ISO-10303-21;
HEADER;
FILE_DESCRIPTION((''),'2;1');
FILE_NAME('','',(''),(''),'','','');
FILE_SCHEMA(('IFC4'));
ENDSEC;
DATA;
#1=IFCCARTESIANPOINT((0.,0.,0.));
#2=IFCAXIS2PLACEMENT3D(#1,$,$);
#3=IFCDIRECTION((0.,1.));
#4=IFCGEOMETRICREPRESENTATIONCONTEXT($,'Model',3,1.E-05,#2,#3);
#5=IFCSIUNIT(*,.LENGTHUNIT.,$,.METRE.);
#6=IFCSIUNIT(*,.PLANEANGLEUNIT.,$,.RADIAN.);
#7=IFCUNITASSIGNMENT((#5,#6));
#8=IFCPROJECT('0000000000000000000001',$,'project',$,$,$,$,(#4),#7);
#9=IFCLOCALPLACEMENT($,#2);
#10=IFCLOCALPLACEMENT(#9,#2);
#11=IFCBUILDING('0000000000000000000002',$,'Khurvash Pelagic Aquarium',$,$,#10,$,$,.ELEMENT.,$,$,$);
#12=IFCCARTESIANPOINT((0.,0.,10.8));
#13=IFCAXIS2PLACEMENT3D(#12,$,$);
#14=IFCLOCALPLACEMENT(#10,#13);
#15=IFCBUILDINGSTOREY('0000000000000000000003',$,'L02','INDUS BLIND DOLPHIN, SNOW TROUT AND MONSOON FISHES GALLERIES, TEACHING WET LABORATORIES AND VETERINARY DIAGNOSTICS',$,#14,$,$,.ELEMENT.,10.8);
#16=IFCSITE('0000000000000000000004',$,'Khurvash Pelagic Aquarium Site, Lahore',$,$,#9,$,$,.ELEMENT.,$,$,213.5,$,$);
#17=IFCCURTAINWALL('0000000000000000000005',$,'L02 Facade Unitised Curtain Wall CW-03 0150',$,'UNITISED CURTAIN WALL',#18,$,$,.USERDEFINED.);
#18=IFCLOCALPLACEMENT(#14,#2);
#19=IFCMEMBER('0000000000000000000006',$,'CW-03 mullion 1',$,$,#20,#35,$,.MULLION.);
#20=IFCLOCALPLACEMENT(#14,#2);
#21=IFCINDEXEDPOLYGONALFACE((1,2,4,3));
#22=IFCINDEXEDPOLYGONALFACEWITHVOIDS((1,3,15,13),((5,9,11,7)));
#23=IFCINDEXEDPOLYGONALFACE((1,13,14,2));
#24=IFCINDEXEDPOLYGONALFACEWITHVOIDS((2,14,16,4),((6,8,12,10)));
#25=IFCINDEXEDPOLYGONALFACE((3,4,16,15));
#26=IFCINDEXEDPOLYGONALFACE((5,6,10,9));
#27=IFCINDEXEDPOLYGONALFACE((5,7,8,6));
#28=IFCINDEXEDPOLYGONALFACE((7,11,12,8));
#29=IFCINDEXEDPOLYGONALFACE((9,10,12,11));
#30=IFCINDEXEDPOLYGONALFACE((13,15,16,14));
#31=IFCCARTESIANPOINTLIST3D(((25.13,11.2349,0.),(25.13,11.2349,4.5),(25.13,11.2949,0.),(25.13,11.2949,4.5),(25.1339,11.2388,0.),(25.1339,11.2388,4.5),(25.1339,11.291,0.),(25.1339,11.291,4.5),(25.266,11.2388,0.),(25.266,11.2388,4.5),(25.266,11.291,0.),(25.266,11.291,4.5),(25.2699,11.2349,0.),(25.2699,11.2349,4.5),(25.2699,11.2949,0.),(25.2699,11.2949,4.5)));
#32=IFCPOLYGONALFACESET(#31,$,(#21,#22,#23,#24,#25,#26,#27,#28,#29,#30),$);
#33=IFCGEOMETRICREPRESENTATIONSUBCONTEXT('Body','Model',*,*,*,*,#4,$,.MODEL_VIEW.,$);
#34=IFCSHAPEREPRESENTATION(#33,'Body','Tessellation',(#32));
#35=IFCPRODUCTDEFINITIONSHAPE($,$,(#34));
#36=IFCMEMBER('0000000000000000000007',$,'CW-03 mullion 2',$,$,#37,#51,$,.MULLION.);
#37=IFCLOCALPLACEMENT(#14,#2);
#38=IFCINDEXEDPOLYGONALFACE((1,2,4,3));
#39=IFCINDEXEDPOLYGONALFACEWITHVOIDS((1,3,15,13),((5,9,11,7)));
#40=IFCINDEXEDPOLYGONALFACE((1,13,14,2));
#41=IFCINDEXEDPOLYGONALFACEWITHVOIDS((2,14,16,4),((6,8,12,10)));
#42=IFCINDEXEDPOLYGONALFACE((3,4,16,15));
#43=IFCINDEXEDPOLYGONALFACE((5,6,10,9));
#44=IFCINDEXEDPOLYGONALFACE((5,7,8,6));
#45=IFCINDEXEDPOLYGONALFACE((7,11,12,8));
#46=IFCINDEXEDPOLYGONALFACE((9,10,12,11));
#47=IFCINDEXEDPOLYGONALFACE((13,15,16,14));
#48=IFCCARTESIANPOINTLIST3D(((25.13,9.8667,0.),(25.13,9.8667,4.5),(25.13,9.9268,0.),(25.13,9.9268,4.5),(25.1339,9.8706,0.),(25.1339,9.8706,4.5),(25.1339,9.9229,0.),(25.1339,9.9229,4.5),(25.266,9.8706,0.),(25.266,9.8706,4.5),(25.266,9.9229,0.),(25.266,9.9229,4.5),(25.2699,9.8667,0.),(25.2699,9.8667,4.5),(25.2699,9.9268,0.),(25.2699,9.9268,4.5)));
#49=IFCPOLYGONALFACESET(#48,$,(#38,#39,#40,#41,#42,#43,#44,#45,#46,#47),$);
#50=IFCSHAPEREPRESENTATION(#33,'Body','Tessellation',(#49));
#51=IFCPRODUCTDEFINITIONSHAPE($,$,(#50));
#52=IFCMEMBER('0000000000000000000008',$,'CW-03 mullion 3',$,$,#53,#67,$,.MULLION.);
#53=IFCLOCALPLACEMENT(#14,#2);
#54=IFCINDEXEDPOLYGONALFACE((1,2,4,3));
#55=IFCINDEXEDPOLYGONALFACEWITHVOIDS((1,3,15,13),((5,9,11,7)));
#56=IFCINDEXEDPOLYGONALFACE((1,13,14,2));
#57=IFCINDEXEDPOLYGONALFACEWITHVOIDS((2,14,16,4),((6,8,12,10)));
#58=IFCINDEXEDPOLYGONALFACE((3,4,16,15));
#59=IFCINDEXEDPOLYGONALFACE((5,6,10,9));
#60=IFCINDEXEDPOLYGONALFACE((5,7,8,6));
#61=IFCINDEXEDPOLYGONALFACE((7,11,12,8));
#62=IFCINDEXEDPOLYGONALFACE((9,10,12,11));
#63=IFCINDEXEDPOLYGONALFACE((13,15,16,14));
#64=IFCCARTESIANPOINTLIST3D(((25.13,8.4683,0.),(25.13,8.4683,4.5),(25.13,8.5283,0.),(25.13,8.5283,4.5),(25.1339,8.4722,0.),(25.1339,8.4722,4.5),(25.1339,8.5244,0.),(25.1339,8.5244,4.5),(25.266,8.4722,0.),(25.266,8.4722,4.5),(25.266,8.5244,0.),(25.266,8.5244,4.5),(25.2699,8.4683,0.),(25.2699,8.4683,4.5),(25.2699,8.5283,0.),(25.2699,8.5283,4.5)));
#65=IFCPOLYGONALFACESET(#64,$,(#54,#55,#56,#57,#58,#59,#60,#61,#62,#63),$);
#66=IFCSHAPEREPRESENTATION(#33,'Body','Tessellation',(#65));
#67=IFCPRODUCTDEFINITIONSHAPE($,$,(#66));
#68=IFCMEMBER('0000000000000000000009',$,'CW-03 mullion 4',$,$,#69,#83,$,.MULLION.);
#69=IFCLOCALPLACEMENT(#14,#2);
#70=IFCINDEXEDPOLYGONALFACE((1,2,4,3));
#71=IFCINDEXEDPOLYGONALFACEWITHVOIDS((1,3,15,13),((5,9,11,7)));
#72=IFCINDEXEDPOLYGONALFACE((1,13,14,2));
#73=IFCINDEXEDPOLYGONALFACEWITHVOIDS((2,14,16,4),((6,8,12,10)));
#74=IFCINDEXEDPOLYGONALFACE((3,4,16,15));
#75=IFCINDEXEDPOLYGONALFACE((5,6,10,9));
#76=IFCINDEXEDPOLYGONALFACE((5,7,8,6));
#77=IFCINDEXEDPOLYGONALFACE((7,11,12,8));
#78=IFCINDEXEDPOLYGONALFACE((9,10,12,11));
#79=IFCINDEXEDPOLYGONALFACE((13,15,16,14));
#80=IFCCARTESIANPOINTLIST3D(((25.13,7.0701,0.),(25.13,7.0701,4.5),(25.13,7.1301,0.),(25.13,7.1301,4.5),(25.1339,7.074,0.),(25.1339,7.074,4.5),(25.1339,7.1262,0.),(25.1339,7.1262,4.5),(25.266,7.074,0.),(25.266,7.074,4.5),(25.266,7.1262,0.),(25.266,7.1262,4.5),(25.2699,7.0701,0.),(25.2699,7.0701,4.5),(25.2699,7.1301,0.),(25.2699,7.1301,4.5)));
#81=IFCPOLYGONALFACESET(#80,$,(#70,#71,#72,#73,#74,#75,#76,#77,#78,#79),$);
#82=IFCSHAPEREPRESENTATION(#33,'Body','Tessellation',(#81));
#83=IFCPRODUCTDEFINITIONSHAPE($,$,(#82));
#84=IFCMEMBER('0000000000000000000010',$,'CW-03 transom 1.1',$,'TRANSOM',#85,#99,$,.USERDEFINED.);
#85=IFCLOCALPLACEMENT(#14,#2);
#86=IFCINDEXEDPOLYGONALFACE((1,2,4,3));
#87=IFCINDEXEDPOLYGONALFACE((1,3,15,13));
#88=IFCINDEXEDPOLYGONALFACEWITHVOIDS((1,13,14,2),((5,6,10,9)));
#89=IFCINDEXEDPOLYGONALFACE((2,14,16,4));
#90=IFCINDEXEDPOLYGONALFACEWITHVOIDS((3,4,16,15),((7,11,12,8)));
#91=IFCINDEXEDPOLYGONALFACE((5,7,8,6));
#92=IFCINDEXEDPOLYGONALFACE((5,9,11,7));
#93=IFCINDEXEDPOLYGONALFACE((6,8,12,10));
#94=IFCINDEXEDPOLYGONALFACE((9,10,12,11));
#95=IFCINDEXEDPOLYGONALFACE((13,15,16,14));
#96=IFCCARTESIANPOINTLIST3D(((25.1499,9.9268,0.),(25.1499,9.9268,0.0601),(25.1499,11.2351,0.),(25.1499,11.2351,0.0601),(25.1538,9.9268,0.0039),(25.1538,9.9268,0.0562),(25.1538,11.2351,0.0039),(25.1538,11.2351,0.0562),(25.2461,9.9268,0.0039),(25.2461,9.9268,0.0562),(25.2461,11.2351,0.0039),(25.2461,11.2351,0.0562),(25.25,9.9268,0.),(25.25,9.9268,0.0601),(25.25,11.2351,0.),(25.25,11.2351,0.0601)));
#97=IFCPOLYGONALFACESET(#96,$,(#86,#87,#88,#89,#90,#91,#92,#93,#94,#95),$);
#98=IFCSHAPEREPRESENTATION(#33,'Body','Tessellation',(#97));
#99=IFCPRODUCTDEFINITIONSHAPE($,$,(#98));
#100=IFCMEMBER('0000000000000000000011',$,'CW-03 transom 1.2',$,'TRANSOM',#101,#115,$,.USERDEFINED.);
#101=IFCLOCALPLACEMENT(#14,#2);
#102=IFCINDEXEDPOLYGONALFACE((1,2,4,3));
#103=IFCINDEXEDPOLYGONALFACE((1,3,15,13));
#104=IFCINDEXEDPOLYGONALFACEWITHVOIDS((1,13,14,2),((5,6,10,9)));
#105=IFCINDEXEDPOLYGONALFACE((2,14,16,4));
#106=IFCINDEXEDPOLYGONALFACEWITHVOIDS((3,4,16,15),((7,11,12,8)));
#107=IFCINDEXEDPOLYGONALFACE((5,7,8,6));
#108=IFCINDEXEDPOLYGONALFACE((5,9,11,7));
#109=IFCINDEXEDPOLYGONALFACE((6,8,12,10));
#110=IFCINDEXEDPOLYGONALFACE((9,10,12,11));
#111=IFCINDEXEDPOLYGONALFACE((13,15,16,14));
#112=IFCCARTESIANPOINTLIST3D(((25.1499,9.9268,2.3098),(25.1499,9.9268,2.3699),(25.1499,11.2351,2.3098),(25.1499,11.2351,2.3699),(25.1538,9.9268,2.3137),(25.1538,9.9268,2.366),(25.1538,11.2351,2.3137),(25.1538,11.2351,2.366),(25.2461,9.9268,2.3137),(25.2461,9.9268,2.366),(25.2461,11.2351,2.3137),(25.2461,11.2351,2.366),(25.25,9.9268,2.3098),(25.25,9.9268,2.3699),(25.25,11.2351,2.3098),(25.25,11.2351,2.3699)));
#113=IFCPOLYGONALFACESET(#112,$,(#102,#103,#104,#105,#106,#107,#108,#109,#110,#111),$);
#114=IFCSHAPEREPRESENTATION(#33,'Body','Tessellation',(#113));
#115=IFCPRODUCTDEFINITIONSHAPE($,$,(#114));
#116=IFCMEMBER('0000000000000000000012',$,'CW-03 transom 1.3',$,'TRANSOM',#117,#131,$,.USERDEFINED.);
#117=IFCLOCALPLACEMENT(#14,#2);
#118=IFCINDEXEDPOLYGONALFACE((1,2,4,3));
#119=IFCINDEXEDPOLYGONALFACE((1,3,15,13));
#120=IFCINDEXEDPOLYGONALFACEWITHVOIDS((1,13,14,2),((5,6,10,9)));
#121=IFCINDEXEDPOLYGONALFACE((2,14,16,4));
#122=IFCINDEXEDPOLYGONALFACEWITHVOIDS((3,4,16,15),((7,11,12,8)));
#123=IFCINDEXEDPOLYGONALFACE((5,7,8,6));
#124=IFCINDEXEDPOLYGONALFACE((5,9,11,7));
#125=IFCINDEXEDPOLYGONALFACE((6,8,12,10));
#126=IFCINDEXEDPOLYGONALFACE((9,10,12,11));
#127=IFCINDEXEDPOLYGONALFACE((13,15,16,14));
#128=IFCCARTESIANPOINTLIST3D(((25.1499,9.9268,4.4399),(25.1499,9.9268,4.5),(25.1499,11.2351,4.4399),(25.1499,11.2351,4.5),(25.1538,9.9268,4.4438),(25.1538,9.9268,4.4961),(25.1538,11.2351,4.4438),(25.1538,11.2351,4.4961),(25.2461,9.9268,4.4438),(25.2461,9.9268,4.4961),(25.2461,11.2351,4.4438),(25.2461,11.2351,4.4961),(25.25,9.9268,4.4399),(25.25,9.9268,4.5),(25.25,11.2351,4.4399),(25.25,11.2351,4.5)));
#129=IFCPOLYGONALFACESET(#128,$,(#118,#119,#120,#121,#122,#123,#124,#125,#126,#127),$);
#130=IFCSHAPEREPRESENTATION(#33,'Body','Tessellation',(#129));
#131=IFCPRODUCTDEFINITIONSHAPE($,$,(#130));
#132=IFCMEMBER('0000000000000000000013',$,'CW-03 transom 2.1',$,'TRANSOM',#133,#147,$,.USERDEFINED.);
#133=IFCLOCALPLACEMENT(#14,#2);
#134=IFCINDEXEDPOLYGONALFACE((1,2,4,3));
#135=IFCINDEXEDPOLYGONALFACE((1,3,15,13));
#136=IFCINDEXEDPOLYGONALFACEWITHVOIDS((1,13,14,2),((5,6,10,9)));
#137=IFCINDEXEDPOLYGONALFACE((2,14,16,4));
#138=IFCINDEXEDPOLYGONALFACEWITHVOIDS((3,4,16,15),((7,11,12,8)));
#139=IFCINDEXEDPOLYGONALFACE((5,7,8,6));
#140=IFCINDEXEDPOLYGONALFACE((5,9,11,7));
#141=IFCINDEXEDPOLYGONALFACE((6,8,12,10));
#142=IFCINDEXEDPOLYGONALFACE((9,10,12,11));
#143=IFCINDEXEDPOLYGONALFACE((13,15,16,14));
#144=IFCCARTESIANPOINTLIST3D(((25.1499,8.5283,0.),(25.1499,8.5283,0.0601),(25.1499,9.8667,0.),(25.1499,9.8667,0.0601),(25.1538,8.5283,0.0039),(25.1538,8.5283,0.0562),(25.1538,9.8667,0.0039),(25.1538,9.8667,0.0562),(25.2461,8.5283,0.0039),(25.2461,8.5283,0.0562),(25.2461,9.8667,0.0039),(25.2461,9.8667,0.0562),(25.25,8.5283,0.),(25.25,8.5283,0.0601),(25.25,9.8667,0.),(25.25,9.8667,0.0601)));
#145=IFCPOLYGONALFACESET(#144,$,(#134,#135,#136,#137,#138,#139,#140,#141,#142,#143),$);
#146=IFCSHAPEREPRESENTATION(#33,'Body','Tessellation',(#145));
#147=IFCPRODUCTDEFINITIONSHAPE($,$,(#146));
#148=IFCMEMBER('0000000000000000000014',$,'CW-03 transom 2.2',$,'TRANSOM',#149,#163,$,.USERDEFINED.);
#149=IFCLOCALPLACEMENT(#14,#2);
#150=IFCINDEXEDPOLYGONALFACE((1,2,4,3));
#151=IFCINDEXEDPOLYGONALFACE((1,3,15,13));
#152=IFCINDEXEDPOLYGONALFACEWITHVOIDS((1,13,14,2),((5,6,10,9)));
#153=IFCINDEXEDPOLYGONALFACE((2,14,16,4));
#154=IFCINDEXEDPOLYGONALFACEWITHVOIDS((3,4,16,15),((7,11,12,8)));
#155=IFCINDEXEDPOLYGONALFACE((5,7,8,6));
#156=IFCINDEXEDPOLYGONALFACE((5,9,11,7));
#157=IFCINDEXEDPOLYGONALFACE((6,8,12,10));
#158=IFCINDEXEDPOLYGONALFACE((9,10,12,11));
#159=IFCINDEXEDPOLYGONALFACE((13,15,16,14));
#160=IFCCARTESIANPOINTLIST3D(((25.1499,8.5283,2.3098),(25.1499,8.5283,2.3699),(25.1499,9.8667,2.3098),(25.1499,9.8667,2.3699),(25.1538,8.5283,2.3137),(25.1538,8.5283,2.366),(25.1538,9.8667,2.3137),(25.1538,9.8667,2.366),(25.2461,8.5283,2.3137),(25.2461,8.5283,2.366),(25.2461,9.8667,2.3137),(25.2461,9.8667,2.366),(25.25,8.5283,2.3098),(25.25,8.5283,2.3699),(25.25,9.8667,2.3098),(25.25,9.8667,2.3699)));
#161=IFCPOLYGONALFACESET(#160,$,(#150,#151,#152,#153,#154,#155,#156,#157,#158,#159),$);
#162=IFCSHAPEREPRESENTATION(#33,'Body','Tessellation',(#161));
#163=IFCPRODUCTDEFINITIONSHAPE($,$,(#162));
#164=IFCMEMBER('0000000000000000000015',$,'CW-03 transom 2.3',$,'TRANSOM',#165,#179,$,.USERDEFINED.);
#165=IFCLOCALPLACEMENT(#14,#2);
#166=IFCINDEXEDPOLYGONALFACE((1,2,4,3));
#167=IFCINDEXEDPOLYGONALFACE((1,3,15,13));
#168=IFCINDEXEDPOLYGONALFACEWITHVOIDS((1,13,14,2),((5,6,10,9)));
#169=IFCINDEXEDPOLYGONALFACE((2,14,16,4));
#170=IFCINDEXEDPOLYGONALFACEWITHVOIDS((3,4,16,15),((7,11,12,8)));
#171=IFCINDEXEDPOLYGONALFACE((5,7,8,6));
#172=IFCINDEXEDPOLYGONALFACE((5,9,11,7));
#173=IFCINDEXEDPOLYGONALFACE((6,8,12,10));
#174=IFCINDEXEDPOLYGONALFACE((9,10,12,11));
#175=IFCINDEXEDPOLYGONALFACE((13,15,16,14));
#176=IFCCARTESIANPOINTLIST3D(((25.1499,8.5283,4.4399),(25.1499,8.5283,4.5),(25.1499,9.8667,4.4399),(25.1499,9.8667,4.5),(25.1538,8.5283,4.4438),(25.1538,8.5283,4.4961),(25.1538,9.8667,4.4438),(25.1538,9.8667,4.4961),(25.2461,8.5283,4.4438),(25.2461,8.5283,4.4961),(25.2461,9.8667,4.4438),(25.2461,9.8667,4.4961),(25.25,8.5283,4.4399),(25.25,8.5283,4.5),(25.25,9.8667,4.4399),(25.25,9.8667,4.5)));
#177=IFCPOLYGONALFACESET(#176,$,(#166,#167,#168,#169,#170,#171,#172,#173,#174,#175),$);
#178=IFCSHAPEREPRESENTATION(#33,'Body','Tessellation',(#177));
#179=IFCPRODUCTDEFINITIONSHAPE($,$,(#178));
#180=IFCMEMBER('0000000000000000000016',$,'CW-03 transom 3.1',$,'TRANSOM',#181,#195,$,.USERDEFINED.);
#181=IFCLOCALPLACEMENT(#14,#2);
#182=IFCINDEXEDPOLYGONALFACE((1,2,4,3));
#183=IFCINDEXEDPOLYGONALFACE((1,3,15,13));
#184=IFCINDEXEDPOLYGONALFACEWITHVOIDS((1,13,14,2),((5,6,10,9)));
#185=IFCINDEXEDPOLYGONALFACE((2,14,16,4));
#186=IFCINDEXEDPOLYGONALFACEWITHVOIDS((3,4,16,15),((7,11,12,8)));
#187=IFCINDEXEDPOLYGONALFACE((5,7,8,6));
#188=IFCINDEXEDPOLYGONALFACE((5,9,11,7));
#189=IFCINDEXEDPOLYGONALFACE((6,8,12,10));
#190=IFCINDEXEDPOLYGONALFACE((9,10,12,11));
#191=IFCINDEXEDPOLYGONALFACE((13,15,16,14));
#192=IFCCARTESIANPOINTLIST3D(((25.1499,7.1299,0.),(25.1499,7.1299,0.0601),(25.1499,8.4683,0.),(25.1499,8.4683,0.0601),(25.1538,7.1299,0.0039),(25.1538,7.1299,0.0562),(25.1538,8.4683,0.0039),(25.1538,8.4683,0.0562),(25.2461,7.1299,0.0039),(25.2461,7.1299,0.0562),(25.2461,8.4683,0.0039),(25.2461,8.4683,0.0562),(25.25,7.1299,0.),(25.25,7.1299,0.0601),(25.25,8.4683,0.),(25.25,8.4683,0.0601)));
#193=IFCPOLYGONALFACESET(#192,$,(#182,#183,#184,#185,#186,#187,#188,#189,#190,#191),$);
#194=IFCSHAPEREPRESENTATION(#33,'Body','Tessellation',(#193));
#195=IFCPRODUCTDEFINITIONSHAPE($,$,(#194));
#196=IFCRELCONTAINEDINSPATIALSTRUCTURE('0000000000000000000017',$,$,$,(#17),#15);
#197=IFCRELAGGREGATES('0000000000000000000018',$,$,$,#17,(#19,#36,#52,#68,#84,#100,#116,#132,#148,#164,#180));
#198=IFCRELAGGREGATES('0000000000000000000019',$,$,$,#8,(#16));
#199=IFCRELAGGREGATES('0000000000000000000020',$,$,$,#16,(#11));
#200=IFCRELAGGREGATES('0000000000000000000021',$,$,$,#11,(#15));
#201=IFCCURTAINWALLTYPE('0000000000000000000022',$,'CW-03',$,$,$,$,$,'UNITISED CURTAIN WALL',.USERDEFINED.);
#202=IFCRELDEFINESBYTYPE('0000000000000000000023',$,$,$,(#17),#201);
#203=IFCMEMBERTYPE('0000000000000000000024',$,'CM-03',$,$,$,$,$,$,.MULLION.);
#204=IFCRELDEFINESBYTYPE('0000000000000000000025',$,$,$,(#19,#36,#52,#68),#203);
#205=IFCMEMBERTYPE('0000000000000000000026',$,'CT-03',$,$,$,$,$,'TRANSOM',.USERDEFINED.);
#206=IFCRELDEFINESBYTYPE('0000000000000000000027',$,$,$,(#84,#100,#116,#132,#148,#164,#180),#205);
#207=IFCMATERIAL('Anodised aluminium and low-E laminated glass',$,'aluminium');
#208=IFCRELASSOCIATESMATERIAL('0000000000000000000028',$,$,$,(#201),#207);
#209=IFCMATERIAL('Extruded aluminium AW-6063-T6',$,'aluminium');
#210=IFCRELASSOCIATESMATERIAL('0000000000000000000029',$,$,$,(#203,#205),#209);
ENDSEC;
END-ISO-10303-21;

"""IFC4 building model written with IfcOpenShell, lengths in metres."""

from ifc_helpers import new_model, si_unit, direction, frame, origin, origin_2d, place, context, subcontext, project, spatial, hollow_rectangle, extrude, material, material_profile, profile_set, type_object, element, aggregate, save


model = new_model("IFC4")

# Units and contexts
model_context = context("Model", 3, precision=1e-05, world=origin(), true_north=direction((0.0, 1.0)))
body_context = subcontext(model_context, "Body", "Model", "MODEL_VIEW")
ifc_project = project(units=[si_unit("LENGTHUNIT", "METRE"), si_unit("PLANEANGLEUNIT", "RADIAN")], contexts=[model_context])

# Site, building, storey
site_placement = place(None, origin())
site = spatial("IfcSite", under=ifc_project, at=site_placement, Name="Khurvash Pelagic Aquarium Site, Lahore", CompositionType="ELEMENT", RefElevation=213.5)
building_placement = place(site_placement, origin())
building = spatial("IfcBuilding", under=site, at=building_placement, Name="Khurvash Pelagic Aquarium", CompositionType="ELEMENT")
storey_placement = place(building_placement, frame((0.0, 0.0, 10.8)))
storey = spatial("IfcBuildingStorey", under=building, at=storey_placement, Name="L02", Description="INDUS BLIND DOLPHIN, SNOW TROUT AND MONSOON FISHES GALLERIES, TEACHING WET LABORATORIES AND VETERINARY DIAGNOSTICS", CompositionType="ELEMENT", Elevation=10.8)

# Curtain wall, members
ifc_material_1 = material(Name="Anodised aluminium and low-E laminated glass", Category="aluminium")
curtain_wall_type = type_object("IfcCurtainWallType", Name="CW-03", ElementType="UNITISED CURTAIN WALL", PredefinedType="USERDEFINED", material=ifc_material_1)
curtain_wall_placement = place(storey_placement, origin())
curtain_wall = element("IfcCurtainWall", 1, at=curtain_wall_placement, inside=storey, type_object=curtain_wall_type, Name="L02 Facade Unitised Curtain Wall CW-03 0150", ObjectType="UNITISED CURTAIN WALL", PredefinedType="USERDEFINED")
ifc_material_2 = material(Name="Extruded aluminium AW-6063-T6", Category="aluminium")
ifc_material_profile_1 = material_profile(ifc_material_2, hollow_rectangle(XDim=0.0601, YDim=0.1399, WallThickness=0.0039, at=origin_2d()), Name="CWM60X140X4")
ifc_profile_set_1 = profile_set([ifc_material_profile_1], Name="Extruded aluminium AW-6063-T6")
member_type_1 = type_object("IfcMemberType", Name="CM-03", PredefinedType="MULLION", material=ifc_profile_set_1)
member_1_placement = place(storey_placement, frame((25.2, 11.2649, 0.0), z_axis=(0.0, 0.0, 1.0), x_axis=(0.0, -1.0, 0.0)))
member_1 = element("IfcMember", 2, at=member_1_placement, type_object=member_type_1, Name="CW-03 mullion 1", PredefinedType="MULLION", context=body_context, shape_type="SweptSolid", body=[
    extrude(hollow_rectangle(XDim=0.0601, YDim=0.1399, WallThickness=0.0039, at=origin_2d()), origin(), (0.0, 0.0, 1.0), 4.5),
])
member_2_placement = place(storey_placement, frame((25.2, 9.8967, 0.0), z_axis=(0.0, 0.0, 1.0), x_axis=(0.0, -1.0, 0.0)))
member_2 = element("IfcMember", 3, at=member_2_placement, type_object=member_type_1, Name="CW-03 mullion 2", PredefinedType="MULLION", context=body_context, shape_type="SweptSolid", body=[
    extrude(hollow_rectangle(XDim=0.0601, YDim=0.1399, WallThickness=0.0039, at=origin_2d()), origin(), (0.0, 0.0, 1.0), 4.5),
])
member_3_placement = place(storey_placement, frame((25.2, 8.4983, 0.0), z_axis=(0.0, 0.0, 1.0), x_axis=(0.0, -1.0, 0.0)))
member_3 = element("IfcMember", 4, at=member_3_placement, type_object=member_type_1, Name="CW-03 mullion 3", PredefinedType="MULLION", context=body_context, shape_type="SweptSolid", body=[
    extrude(hollow_rectangle(XDim=0.0601, YDim=0.1399, WallThickness=0.0039, at=origin_2d()), origin(), (0.0, 0.0, 1.0), 4.5),
])
member_4_placement = place(storey_placement, frame((25.2, 7.1001, 0.0), z_axis=(0.0, 0.0, 1.0), x_axis=(0.0, -1.0, 0.0)))
member_4 = element("IfcMember", 5, at=member_4_placement, type_object=member_type_1, Name="CW-03 mullion 4", PredefinedType="MULLION", context=body_context, shape_type="SweptSolid", body=[
    extrude(hollow_rectangle(XDim=0.0601, YDim=0.1399, WallThickness=0.0039, at=origin_2d()), origin(), (0.0, 0.0, 1.0), 4.5),
])
ifc_material_profile_2 = material_profile(ifc_material_2, hollow_rectangle(XDim=0.1001, YDim=0.0601, WallThickness=0.0039, at=origin_2d()), Name="CWT100X60X4")
ifc_profile_set_2 = profile_set([ifc_material_profile_2], Name="Extruded aluminium AW-6063-T6")
member_type_2 = type_object("IfcMemberType", Name="CT-03", ElementType="TRANSOM", PredefinedType="USERDEFINED", material=ifc_profile_set_2)
member_5_placement = place(storey_placement, frame((25.2, 11.2351, 0.03), z_axis=(0.0, -1.0, 0.0), x_axis=(1.0, 0.0, 0.0)))
member_5 = element("IfcMember", 6, at=member_5_placement, type_object=member_type_2, Name="CW-03 transom 1.1", ObjectType="TRANSOM", PredefinedType="USERDEFINED", context=body_context, shape_type="SweptSolid", body=[
    extrude(hollow_rectangle(XDim=0.1001, YDim=0.0601, WallThickness=0.0039, at=origin_2d()), origin(), (0.0, 0.0, 1.0), 1.3083),
])
member_6_placement = place(storey_placement, frame((25.2, 11.2351, 2.3398), z_axis=(0.0, -1.0, 0.0), x_axis=(1.0, 0.0, 0.0)))
member_6 = element("IfcMember", 7, at=member_6_placement, type_object=member_type_2, Name="CW-03 transom 1.2", ObjectType="TRANSOM", PredefinedType="USERDEFINED", context=body_context, shape_type="SweptSolid", body=[
    extrude(hollow_rectangle(XDim=0.1001, YDim=0.0601, WallThickness=0.0039, at=origin_2d()), origin(), (0.0, 0.0, 1.0), 1.3083),
])
member_7_placement = place(storey_placement, frame((25.2, 11.2351, 4.47), z_axis=(0.0, -1.0, 0.0), x_axis=(1.0, 0.0, 0.0)))
member_7 = element("IfcMember", 8, at=member_7_placement, type_object=member_type_2, Name="CW-03 transom 1.3", ObjectType="TRANSOM", PredefinedType="USERDEFINED", context=body_context, shape_type="SweptSolid", body=[
    extrude(hollow_rectangle(XDim=0.1001, YDim=0.0601, WallThickness=0.0039, at=origin_2d()), origin(), (0.0, 0.0, 1.0), 1.3083),
])
member_8_placement = place(storey_placement, frame((25.2, 9.8667, 0.03), z_axis=(0.0, -1.0, 0.0), x_axis=(1.0, 0.0, 0.0)))
member_8 = element("IfcMember", 9, at=member_8_placement, type_object=member_type_2, Name="CW-03 transom 2.1", ObjectType="TRANSOM", PredefinedType="USERDEFINED", context=body_context, shape_type="SweptSolid", body=[
    extrude(hollow_rectangle(XDim=0.1001, YDim=0.0601, WallThickness=0.0039, at=origin_2d()), origin(), (0.0, 0.0, 1.0), 1.3384),
])
member_9_placement = place(storey_placement, frame((25.2, 9.8667, 2.3398), z_axis=(0.0, -1.0, 0.0), x_axis=(1.0, 0.0, 0.0)))
member_9 = element("IfcMember", 10, at=member_9_placement, type_object=member_type_2, Name="CW-03 transom 2.2", ObjectType="TRANSOM", PredefinedType="USERDEFINED", context=body_context, shape_type="SweptSolid", body=[
    extrude(hollow_rectangle(XDim=0.1001, YDim=0.0601, WallThickness=0.0039, at=origin_2d()), origin(), (0.0, 0.0, 1.0), 1.3384),
])
member_10_placement = place(storey_placement, frame((25.2, 9.8667, 4.47), z_axis=(0.0, -1.0, 0.0), x_axis=(1.0, 0.0, 0.0)))
member_10 = element("IfcMember", 11, at=member_10_placement, type_object=member_type_2, Name="CW-03 transom 2.3", ObjectType="TRANSOM", PredefinedType="USERDEFINED", context=body_context, shape_type="SweptSolid", body=[
    extrude(hollow_rectangle(XDim=0.1001, YDim=0.0601, WallThickness=0.0039, at=origin_2d()), origin(), (0.0, 0.0, 1.0), 1.3384),
])
member_11_placement = place(storey_placement, frame((25.2, 8.4683, 0.03), z_axis=(0.0, -1.0, 0.0), x_axis=(1.0, 0.0, 0.0)))
member_11 = element("IfcMember", 12, at=member_11_placement, type_object=member_type_2, Name="CW-03 transom 3.1", ObjectType="TRANSOM", PredefinedType="USERDEFINED", context=body_context, shape_type="SweptSolid", body=[
    extrude(hollow_rectangle(XDim=0.1001, YDim=0.0601, WallThickness=0.0039, at=origin_2d()), origin(), (0.0, 0.0, 1.0), 1.3384),
])
aggregate(curtain_wall, [member_1, member_2, member_3, member_4, member_5, member_6, member_7, member_8, member_9, member_10, member_11])

save(model, "model.ifc")
